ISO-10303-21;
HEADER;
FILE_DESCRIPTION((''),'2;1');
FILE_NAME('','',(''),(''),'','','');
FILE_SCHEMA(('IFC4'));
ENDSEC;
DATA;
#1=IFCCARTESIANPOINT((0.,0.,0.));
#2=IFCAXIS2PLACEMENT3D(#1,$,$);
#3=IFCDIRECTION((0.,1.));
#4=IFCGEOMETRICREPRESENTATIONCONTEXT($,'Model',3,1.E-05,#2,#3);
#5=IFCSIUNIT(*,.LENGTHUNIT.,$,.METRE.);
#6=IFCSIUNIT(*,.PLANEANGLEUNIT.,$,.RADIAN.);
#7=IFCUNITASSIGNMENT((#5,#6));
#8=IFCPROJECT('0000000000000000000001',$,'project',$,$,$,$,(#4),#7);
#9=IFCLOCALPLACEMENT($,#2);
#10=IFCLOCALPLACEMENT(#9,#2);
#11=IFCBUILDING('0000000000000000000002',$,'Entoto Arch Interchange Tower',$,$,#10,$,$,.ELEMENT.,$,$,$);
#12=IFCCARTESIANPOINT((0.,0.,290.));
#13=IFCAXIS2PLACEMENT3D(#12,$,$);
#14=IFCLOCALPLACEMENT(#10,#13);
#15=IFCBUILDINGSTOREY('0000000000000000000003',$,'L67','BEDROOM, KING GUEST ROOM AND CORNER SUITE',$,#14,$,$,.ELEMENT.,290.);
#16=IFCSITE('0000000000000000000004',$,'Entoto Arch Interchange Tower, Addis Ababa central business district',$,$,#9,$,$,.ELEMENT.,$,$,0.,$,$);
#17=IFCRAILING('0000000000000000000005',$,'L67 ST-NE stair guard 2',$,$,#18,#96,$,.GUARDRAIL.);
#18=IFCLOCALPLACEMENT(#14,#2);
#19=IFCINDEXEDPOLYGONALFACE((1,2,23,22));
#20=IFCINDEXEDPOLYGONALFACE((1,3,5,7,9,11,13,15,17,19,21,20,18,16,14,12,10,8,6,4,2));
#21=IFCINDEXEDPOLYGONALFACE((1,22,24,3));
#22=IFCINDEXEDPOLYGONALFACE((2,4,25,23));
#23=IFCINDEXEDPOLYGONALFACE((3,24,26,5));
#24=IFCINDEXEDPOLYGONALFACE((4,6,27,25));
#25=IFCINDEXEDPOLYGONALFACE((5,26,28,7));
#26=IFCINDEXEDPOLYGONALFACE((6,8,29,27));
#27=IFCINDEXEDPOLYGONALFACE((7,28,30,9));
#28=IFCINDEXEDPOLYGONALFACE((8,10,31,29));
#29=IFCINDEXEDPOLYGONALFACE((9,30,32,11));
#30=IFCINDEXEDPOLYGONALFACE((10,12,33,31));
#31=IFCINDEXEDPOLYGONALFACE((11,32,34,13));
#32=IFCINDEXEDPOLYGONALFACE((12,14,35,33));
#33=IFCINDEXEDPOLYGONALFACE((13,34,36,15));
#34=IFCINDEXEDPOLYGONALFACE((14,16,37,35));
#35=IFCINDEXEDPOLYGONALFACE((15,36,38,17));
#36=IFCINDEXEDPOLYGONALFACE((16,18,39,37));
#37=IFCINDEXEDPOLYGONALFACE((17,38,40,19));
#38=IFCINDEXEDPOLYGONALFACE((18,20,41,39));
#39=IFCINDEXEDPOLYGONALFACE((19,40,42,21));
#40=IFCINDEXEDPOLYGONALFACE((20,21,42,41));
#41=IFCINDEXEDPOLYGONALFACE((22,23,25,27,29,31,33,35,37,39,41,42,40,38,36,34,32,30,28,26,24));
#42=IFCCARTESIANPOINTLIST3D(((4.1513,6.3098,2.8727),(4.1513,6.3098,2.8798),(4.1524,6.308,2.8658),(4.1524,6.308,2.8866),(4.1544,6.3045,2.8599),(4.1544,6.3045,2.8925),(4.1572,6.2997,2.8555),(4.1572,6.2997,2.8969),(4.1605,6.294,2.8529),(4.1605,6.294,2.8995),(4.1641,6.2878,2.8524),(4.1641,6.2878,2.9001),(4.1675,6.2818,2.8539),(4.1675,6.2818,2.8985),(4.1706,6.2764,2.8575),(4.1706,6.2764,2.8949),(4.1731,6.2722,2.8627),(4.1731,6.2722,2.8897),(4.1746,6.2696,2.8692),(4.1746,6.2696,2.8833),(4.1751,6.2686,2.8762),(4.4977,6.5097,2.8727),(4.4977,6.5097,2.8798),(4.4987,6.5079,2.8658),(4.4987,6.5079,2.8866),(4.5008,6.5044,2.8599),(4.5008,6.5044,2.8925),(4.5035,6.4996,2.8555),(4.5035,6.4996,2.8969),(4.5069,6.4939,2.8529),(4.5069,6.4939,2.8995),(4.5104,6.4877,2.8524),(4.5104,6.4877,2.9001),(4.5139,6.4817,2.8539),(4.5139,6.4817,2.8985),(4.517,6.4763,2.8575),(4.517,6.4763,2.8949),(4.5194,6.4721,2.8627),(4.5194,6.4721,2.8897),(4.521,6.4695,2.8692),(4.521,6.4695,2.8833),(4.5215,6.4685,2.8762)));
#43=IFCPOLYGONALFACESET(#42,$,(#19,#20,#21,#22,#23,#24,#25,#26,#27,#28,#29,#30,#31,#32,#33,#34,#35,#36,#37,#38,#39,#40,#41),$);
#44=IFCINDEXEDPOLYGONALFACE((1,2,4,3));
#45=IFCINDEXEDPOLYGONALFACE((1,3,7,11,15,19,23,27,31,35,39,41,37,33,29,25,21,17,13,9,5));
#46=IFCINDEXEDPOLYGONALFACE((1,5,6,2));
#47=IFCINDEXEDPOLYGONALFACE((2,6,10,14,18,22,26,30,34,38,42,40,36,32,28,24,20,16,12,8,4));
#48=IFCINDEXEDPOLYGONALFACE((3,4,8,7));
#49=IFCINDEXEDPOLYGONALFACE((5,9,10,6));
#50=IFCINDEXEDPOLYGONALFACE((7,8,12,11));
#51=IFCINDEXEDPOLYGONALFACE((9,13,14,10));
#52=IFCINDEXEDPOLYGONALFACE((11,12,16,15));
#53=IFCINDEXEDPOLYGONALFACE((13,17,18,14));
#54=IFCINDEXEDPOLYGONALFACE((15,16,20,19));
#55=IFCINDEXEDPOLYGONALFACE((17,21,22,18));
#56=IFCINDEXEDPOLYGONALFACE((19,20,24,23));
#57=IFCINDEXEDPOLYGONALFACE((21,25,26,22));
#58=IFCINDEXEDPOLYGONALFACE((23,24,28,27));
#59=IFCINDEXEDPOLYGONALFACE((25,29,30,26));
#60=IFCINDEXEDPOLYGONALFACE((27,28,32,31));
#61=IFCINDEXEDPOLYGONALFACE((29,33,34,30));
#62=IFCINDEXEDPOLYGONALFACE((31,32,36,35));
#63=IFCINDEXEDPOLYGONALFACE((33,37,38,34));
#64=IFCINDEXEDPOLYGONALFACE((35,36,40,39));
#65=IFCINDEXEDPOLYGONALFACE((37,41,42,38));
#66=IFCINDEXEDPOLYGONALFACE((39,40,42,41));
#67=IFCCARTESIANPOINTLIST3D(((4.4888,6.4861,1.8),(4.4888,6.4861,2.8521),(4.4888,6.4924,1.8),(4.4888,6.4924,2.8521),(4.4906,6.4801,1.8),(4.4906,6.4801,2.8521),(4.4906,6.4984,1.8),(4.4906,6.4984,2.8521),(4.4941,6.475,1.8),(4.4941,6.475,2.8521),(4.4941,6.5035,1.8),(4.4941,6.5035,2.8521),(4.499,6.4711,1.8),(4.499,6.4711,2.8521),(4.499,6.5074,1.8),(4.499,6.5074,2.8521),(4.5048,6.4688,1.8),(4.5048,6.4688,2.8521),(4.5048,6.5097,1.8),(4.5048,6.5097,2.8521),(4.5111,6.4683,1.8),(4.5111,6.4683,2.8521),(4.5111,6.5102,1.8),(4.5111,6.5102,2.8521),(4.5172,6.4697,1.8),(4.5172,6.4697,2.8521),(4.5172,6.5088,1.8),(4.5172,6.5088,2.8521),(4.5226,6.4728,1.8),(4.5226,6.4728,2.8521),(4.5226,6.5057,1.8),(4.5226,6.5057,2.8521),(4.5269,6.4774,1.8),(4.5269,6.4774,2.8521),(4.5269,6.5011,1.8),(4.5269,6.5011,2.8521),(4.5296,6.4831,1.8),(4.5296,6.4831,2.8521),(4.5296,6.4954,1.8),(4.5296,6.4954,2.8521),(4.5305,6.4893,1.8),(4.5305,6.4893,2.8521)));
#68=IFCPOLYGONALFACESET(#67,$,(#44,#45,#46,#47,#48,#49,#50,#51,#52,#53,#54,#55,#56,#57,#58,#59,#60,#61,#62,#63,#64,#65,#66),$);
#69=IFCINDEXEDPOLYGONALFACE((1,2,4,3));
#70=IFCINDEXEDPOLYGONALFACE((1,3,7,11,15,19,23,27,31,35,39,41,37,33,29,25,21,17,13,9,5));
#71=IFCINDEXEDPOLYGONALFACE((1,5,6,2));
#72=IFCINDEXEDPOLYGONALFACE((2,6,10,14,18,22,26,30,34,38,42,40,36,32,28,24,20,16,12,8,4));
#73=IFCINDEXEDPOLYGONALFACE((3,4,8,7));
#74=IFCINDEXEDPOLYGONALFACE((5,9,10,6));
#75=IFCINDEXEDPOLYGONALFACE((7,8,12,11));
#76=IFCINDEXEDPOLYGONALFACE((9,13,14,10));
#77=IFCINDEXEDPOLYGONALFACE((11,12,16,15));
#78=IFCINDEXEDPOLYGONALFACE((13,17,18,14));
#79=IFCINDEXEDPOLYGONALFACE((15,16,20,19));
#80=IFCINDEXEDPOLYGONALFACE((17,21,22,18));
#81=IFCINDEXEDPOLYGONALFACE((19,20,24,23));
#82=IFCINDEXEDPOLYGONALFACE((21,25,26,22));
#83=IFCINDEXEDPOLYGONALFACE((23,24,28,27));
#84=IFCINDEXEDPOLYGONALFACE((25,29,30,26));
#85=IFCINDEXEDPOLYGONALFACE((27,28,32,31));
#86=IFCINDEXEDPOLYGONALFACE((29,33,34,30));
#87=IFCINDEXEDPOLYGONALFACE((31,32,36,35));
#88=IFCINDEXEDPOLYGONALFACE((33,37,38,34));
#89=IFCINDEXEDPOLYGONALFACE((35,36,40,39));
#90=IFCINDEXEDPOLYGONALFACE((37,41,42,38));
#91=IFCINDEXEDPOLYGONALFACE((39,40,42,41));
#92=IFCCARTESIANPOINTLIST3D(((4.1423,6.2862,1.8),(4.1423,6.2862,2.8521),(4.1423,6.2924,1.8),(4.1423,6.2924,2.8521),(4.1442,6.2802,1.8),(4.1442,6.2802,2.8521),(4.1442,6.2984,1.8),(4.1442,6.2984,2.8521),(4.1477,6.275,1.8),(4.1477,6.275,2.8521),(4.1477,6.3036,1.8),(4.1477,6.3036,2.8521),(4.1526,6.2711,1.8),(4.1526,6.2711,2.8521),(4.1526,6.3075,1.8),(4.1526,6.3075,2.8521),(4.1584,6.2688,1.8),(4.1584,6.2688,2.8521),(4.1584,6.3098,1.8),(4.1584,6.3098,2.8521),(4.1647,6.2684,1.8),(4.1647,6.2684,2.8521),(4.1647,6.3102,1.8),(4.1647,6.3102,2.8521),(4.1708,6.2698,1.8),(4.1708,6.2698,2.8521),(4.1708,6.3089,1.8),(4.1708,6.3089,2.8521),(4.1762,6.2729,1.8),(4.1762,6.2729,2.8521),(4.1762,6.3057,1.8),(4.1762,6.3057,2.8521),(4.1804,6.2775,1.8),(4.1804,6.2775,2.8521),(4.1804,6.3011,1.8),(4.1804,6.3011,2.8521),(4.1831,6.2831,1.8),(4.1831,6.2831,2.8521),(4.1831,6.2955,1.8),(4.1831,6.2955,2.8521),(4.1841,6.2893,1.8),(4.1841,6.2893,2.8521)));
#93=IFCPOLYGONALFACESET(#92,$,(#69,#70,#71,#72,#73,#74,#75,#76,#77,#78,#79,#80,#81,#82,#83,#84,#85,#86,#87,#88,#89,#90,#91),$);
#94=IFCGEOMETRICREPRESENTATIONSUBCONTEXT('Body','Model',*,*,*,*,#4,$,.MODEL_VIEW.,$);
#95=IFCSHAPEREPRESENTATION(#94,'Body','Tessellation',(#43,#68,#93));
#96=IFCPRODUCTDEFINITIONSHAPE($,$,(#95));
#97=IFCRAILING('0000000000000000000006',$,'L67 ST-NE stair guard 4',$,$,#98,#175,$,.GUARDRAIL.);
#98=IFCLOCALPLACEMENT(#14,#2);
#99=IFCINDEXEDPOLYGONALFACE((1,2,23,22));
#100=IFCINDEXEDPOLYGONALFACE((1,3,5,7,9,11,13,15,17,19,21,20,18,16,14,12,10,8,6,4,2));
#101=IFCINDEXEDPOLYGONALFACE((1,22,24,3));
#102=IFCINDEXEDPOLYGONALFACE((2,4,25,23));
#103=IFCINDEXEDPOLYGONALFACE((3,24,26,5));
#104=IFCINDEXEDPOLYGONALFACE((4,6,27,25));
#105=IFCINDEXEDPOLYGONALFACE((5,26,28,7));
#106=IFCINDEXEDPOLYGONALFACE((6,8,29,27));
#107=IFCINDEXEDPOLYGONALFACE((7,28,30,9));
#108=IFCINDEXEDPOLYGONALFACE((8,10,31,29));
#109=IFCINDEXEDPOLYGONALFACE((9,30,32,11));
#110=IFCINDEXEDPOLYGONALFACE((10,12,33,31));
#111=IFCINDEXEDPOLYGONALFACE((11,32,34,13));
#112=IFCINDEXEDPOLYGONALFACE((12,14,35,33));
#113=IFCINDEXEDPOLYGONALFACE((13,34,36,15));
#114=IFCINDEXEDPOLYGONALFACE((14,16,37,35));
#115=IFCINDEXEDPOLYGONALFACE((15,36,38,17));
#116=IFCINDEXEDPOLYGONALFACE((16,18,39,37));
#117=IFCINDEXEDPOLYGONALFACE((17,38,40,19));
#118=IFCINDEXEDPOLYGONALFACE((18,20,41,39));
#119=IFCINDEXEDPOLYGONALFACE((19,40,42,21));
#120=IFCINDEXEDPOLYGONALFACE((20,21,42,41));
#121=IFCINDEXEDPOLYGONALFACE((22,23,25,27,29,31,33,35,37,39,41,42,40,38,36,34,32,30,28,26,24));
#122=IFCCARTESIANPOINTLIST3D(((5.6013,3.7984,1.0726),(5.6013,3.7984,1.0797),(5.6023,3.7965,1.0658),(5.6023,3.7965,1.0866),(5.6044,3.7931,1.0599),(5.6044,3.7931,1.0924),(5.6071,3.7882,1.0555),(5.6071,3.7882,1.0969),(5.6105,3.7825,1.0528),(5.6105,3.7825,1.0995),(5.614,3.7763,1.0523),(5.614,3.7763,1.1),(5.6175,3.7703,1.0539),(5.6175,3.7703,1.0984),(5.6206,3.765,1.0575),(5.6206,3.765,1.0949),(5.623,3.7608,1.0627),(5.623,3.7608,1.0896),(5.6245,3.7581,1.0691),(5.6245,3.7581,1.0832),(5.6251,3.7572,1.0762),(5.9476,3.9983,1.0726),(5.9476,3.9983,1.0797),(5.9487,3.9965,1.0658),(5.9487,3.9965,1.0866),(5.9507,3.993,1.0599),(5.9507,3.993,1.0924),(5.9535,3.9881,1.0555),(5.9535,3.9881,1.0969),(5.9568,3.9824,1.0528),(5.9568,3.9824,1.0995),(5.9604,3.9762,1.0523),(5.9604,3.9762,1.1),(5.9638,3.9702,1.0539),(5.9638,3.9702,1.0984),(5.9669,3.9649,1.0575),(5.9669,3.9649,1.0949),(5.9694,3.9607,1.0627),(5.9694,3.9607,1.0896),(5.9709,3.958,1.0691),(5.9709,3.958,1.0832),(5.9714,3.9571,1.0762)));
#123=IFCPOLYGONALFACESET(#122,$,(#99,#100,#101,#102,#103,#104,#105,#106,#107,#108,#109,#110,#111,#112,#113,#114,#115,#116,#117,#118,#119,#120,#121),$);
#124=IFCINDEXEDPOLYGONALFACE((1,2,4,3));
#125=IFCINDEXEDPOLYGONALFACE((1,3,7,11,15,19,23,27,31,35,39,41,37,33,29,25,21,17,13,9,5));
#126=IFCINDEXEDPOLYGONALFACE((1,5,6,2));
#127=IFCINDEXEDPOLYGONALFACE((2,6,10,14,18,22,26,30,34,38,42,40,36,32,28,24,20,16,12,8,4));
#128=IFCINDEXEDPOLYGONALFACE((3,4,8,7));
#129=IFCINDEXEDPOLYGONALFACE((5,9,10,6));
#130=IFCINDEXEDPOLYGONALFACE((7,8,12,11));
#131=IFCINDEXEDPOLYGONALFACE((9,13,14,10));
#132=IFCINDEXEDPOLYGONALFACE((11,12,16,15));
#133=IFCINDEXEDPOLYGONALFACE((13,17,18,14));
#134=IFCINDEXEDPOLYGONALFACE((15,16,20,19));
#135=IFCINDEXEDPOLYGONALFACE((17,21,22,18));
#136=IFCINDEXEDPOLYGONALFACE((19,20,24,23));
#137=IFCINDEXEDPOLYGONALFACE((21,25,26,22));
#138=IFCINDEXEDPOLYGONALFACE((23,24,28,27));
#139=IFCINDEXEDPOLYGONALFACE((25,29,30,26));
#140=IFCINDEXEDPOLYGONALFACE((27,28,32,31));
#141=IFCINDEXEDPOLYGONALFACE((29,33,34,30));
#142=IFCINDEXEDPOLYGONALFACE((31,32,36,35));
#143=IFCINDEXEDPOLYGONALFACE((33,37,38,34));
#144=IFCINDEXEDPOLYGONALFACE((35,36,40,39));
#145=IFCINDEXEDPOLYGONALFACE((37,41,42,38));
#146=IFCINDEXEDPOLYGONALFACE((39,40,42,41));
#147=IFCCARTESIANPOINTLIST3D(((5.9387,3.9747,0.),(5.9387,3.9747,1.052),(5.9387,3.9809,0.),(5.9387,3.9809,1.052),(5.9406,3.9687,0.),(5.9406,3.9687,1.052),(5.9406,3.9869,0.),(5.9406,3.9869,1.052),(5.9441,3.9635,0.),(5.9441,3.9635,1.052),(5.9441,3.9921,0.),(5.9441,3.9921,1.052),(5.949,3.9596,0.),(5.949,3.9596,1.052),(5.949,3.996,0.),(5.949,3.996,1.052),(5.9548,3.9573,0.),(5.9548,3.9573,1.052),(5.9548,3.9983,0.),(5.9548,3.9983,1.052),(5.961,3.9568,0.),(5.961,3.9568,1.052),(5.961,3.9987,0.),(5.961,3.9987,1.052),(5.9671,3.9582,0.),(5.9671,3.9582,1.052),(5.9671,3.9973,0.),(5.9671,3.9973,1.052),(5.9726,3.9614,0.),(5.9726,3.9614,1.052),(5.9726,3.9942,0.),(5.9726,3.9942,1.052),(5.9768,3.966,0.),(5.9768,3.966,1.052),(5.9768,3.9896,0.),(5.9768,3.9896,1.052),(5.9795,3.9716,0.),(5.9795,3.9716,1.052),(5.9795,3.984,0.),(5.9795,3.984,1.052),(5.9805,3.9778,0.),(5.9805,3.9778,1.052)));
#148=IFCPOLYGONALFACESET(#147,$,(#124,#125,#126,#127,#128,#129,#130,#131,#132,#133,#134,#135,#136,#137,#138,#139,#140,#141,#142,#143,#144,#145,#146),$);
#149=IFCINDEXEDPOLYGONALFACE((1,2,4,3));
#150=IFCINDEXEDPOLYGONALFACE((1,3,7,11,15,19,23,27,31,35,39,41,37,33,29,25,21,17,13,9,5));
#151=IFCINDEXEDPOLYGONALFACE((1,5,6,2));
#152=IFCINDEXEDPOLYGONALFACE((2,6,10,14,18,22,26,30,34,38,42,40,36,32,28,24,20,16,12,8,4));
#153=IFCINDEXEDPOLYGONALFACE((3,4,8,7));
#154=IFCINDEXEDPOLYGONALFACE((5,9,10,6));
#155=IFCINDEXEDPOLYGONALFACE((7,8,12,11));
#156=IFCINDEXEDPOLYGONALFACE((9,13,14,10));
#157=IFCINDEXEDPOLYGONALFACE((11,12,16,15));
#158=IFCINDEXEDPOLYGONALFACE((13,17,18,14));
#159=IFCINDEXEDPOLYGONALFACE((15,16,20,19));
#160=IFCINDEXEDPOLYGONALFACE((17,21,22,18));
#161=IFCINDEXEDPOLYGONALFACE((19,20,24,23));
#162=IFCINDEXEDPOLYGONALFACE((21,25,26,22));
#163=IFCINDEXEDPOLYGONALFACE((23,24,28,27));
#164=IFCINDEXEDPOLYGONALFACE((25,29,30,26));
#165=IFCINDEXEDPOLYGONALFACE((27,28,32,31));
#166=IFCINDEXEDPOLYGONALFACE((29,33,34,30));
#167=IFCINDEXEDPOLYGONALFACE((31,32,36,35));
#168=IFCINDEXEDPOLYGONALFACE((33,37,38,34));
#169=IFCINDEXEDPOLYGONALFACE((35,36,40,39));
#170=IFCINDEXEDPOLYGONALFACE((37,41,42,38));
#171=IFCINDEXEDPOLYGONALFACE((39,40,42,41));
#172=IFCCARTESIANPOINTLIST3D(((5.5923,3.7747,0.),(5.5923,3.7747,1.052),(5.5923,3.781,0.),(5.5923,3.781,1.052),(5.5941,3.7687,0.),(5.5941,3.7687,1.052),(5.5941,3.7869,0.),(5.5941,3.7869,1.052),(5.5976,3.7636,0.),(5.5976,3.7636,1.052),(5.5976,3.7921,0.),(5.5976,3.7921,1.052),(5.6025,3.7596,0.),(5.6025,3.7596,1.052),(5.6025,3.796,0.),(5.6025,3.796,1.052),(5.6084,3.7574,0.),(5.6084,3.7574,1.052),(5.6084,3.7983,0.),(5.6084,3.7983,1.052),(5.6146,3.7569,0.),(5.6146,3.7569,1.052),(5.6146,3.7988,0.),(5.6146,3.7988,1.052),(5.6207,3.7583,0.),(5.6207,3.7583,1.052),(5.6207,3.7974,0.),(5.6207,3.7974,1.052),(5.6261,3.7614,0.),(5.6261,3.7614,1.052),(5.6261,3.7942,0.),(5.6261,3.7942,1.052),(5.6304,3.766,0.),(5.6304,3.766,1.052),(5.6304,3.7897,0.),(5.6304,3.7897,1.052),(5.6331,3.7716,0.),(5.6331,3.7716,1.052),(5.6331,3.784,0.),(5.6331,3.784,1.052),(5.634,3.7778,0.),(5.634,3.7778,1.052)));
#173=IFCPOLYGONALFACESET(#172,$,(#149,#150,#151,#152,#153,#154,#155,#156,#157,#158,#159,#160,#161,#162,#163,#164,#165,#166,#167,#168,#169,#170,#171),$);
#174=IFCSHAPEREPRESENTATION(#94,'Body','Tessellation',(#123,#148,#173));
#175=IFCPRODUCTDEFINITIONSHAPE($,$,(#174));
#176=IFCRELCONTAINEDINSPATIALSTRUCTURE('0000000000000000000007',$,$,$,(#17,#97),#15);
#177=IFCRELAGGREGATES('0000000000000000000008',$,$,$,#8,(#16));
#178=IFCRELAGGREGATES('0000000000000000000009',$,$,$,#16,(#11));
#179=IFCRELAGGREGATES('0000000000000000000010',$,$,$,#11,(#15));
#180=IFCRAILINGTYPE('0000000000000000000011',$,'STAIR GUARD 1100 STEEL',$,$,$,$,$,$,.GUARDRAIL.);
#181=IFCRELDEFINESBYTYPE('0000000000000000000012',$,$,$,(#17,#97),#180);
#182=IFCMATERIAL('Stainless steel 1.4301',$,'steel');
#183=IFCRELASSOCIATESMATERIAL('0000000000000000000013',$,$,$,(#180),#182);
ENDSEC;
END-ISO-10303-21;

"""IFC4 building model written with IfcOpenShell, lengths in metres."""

from ifc_helpers import new_model, si_unit, direction, frame, origin, origin_2d, place, context, subcontext, project, spatial, circle, extrude, material, type_object, element, save


model = new_model("IFC4")

# Units and contexts
model_context = context("Model", 3, precision=1e-05, world=origin(), true_north=direction((0.0, 1.0)))
body_context = subcontext(model_context, "Body", "Model", "MODEL_VIEW")
ifc_project = project(units=[si_unit("LENGTHUNIT", "METRE"), si_unit("PLANEANGLEUNIT", "RADIAN")], contexts=[model_context])

# Site, building, storey
site_placement = place(None, origin())
site = spatial("IfcSite", under=ifc_project, at=site_placement, Name="Entoto Arch Interchange Tower, Addis Ababa central business district", CompositionType="ELEMENT", RefElevation=0.0)
building_placement = place(site_placement, origin())
building = spatial("IfcBuilding", under=site, at=building_placement, Name="Entoto Arch Interchange Tower", CompositionType="ELEMENT")
storey_placement = place(building_placement, frame((0.0, 0.0, 290.0)))
storey = spatial("IfcBuildingStorey", under=building, at=storey_placement, Name="L67", Description="BEDROOM, KING GUEST ROOM AND CORNER SUITE", CompositionType="ELEMENT", Elevation=290.0)

# Railings
ifc_material_1 = material(Name="Stainless steel 1.4301", Category="steel")
railing_type_1 = type_object("IfcRailingType", Name="STAIR GUARD 1100 STEEL", PredefinedType="GUARDRAIL", material=ifc_material_1)
for number, where, name in (
    (1, (4.5095, 6.4893, 1.8), "L67 ST-NE stair guard 2"),
    (2, (5.9595, 3.9778, 0.0), "L67 ST-NE stair guard 4"),
):
    element("IfcRailing", number, at=place(storey_placement, frame(where)), inside=storey, type_object=railing_type_1, Name=name, PredefinedType="GUARDRAIL", context=body_context, shape_type="SweptSolid", body=[
        extrude(circle(Radius=0.0239, at=origin_2d()), frame((0.0, 0.0, 1.0762), z_axis=(-0.866094, -0.499881, 0.0), x_axis=(0.499881, -0.866094, 0.0)), (0.0, 0.0, 1.0), 0.3999),
        extrude(circle(Radius=0.021, at=origin_2d()), origin(), (0.0, 0.0, 1.0), 1.052),
        extrude(circle(Radius=0.021, at=origin_2d()), frame((-0.3464, -0.2, 0.0)), (0.0, 0.0, 1.0), 1.052),
    ])

save(model, "model.ifc")
